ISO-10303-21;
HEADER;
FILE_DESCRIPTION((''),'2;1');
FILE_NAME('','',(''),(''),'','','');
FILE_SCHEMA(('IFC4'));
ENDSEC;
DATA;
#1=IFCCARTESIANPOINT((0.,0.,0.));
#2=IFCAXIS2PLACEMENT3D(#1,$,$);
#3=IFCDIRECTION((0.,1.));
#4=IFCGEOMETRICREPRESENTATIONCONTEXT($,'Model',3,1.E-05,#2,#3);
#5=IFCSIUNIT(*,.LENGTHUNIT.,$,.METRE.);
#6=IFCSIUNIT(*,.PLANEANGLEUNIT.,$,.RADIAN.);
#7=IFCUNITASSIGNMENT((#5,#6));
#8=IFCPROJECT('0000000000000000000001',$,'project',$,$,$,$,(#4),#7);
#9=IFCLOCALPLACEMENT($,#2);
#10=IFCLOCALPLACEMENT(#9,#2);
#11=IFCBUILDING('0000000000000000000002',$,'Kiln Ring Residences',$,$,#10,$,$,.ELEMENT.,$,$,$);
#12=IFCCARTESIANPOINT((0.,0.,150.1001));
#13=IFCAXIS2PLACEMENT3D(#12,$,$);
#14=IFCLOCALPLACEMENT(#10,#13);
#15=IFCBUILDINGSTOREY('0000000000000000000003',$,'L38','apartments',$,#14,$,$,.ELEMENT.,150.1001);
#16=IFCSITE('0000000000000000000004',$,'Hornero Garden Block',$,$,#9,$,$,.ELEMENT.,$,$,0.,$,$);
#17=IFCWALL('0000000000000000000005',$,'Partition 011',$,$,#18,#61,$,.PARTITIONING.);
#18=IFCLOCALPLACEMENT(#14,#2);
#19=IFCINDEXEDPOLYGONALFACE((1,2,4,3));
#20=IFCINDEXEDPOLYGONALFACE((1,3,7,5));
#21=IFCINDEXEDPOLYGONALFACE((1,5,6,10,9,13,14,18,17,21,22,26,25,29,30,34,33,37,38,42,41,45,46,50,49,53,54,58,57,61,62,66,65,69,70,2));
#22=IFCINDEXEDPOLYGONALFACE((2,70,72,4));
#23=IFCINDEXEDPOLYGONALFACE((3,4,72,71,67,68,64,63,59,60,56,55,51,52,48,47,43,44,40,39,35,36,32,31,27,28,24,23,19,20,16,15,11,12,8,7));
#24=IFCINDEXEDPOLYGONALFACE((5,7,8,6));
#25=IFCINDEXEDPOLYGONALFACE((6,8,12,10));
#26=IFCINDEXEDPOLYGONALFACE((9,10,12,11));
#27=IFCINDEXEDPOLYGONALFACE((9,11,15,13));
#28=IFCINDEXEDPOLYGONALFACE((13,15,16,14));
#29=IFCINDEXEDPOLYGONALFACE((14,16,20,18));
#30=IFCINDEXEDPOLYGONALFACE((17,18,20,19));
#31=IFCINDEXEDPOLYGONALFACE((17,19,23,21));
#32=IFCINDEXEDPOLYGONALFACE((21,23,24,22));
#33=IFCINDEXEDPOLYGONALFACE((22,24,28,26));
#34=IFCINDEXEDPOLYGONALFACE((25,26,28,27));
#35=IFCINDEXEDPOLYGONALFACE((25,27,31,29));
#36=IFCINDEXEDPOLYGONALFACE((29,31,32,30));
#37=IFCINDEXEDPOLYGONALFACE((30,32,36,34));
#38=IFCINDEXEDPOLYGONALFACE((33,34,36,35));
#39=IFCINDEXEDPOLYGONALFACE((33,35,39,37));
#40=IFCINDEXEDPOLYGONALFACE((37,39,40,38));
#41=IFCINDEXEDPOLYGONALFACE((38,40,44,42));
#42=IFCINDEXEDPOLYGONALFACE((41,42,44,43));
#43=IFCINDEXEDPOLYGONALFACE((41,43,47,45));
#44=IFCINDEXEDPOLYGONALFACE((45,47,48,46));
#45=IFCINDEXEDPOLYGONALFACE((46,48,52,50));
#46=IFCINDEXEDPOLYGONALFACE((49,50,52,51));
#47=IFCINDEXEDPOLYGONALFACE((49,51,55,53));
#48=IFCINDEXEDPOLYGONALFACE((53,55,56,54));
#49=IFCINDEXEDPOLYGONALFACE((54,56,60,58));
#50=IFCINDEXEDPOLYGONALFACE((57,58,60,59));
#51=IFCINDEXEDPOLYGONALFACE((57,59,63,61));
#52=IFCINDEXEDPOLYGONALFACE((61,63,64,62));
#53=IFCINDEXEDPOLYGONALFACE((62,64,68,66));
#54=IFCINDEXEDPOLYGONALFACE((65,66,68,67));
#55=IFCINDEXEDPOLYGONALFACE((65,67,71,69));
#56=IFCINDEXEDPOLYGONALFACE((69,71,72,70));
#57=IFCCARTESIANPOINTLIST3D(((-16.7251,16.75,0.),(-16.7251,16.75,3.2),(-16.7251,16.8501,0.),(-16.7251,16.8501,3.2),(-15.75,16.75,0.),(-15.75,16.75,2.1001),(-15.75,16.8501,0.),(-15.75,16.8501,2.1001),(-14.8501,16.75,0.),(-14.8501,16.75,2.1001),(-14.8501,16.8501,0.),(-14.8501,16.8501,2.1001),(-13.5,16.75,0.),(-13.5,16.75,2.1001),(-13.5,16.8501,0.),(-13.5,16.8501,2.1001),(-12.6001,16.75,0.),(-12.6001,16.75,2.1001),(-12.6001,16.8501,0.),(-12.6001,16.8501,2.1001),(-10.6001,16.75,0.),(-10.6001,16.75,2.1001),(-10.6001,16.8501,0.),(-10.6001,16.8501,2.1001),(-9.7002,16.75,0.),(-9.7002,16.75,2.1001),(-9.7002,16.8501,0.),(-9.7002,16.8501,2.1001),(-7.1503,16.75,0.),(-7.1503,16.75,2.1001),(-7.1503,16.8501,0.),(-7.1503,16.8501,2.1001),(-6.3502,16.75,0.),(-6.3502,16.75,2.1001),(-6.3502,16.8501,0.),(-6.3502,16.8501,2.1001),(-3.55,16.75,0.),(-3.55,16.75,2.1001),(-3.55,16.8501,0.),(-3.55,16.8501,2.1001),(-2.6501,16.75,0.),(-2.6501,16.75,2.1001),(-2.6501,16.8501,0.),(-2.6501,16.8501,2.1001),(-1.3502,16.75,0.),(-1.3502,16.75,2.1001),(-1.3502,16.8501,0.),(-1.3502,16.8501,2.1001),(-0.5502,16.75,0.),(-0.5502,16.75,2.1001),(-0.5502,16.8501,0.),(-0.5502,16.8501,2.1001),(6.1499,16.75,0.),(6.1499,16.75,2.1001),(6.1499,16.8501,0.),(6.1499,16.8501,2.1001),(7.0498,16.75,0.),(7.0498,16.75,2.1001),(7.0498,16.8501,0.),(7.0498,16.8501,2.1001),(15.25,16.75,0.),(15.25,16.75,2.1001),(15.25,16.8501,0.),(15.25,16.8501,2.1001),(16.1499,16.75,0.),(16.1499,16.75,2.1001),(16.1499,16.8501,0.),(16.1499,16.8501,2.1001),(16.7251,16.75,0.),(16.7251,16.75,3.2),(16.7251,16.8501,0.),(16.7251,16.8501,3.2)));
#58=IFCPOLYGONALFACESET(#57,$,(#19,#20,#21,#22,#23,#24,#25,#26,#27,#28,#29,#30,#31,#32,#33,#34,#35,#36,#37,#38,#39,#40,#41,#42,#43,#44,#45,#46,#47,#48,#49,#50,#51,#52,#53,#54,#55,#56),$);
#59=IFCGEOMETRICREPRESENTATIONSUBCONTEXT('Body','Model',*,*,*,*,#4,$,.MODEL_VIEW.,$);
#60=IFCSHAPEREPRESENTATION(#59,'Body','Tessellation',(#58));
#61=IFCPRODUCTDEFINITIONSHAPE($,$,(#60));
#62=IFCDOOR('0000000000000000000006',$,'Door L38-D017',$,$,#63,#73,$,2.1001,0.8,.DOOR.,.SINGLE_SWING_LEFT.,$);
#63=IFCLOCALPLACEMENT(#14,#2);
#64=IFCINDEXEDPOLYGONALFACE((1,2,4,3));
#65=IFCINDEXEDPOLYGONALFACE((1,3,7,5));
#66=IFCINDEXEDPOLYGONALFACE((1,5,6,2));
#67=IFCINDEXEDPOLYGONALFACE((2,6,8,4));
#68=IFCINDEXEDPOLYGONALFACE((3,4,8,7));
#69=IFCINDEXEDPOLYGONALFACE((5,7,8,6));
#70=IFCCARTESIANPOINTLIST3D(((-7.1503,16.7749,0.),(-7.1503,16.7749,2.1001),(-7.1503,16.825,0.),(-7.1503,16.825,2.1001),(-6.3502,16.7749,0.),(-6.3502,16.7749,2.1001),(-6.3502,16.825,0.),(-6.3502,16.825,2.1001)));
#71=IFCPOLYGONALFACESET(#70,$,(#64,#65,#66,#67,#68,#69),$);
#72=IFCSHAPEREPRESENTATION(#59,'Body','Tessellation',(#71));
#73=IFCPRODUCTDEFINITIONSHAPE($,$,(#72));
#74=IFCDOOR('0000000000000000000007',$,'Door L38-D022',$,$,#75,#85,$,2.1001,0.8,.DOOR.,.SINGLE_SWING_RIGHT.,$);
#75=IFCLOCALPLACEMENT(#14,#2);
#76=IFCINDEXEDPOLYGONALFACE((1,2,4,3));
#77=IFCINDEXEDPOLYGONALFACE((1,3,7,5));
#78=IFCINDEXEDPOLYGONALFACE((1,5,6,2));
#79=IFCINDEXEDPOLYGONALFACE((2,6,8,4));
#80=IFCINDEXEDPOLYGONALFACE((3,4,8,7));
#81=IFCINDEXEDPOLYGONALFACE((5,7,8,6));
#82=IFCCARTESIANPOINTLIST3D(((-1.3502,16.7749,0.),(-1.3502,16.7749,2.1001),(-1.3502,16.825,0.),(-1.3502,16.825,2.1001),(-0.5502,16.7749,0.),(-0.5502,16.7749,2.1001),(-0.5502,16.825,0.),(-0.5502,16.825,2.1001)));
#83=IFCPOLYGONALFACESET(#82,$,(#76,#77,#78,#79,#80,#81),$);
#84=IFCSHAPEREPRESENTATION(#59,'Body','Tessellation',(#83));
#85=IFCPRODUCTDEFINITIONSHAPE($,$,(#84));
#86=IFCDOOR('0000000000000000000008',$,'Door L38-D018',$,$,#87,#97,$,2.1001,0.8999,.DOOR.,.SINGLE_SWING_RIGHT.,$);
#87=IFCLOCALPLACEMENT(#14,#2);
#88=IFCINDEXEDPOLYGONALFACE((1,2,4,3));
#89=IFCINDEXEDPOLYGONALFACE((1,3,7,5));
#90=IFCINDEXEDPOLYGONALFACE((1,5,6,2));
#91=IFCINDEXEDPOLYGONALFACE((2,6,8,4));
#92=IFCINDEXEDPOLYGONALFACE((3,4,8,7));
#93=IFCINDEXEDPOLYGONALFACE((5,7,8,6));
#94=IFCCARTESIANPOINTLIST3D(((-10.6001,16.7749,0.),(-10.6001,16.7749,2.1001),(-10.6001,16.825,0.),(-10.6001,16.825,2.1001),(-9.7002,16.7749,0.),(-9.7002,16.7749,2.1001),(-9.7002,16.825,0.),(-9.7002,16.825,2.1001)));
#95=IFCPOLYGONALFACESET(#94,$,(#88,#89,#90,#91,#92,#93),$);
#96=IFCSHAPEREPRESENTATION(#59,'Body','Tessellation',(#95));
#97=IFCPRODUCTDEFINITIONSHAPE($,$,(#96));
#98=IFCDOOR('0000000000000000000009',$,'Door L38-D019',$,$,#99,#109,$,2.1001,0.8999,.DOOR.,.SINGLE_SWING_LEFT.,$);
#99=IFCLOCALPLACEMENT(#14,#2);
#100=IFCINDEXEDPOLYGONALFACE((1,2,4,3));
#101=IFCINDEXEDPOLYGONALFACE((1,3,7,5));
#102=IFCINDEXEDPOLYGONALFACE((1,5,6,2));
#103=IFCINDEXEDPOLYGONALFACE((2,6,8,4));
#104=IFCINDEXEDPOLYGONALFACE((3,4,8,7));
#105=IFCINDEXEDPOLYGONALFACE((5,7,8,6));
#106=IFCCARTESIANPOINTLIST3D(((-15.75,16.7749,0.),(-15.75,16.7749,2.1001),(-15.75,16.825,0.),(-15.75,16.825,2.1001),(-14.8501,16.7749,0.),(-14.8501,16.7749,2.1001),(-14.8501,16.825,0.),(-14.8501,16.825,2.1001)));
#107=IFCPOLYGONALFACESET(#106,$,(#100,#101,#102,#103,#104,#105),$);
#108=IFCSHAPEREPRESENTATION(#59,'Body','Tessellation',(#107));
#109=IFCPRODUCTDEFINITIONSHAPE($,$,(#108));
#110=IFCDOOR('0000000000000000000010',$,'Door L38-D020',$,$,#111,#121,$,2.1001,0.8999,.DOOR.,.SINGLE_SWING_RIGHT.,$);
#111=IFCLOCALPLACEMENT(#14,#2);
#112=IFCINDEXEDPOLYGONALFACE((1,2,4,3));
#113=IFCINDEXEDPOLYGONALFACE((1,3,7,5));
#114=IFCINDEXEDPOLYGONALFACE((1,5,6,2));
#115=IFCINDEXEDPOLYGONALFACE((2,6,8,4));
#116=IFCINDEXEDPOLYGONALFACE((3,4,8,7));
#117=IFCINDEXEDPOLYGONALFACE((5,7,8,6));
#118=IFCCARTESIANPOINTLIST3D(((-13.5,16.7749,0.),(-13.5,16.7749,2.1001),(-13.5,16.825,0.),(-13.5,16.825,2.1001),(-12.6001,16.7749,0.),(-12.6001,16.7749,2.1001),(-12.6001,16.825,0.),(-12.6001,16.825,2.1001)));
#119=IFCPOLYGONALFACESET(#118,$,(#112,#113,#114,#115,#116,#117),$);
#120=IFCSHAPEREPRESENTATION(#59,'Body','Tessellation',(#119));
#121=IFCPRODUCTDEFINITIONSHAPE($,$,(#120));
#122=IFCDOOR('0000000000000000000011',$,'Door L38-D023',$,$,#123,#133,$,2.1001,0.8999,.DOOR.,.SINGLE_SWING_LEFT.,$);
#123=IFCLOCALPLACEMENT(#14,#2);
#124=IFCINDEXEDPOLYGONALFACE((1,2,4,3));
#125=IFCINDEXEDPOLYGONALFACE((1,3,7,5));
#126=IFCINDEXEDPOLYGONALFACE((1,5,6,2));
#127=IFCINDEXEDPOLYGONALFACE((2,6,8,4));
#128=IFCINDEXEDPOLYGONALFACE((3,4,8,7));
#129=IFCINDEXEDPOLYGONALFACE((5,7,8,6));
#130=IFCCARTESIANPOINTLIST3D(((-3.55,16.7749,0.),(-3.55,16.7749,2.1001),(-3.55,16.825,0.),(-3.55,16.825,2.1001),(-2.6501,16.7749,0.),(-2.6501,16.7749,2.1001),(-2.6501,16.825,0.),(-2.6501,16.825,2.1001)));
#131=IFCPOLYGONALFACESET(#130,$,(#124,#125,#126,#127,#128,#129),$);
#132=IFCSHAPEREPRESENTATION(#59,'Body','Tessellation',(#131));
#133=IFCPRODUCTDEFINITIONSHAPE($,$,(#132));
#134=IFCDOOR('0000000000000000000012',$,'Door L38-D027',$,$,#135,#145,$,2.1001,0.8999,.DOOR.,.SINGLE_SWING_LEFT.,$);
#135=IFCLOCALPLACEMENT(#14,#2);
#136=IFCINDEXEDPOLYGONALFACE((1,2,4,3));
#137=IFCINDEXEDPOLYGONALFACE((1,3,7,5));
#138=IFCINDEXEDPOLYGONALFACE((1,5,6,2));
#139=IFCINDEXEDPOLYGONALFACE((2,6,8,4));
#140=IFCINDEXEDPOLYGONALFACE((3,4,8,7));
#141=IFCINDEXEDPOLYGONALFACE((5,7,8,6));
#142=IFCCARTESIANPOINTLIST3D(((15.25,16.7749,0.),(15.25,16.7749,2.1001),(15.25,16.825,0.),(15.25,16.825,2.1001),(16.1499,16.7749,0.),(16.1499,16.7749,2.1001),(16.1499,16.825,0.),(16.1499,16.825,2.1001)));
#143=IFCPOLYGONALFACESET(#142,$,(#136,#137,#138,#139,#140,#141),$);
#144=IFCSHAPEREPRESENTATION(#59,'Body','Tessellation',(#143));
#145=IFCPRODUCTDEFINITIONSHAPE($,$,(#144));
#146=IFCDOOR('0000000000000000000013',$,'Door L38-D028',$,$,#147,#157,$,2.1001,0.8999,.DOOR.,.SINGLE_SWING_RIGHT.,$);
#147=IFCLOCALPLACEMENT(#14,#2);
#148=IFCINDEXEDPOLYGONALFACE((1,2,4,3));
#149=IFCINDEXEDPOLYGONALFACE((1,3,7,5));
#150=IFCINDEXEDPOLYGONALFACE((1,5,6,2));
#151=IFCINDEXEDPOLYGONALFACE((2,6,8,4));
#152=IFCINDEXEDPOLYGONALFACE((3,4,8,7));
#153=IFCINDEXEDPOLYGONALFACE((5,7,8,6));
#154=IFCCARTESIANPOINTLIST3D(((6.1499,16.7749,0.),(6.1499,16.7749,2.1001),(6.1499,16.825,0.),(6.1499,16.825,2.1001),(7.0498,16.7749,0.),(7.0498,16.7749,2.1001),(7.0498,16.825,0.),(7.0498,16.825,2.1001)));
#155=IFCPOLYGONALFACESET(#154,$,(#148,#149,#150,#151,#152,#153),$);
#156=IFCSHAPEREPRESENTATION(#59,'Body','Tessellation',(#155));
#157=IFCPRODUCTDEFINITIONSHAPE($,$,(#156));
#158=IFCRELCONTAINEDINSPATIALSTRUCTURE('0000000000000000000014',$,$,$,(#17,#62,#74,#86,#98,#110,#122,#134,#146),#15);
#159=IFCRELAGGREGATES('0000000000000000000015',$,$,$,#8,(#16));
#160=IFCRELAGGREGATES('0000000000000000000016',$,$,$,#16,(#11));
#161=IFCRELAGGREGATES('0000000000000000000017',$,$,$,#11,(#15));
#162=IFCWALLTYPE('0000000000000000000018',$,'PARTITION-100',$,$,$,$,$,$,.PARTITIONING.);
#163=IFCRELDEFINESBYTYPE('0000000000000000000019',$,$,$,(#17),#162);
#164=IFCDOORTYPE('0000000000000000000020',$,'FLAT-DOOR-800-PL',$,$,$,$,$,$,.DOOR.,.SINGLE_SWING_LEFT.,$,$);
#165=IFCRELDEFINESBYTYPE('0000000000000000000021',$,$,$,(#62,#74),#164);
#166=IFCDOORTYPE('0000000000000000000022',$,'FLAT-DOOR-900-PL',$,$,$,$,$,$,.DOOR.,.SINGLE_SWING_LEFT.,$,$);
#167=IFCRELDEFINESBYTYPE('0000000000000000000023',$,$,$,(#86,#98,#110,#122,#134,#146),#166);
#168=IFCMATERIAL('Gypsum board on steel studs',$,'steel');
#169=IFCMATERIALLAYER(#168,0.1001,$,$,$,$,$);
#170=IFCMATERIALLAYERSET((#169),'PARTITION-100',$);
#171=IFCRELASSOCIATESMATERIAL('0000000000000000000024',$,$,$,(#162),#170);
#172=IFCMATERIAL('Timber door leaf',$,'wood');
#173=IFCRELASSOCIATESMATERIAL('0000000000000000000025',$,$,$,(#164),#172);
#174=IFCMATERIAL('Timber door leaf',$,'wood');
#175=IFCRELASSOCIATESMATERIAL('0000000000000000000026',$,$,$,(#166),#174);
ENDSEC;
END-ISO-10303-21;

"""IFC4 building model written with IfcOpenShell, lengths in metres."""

from ifc_helpers import new_model, si_unit, direction, frame, frame_2d, origin, place, context, subcontext, project, spatial, rectangle, extrude, material, layer, layer_set, type_object, element, fill, save


model = new_model("IFC4")

# Units and contexts
model_context = context("Model", 3, precision=1e-05, world=origin(), true_north=direction((0.0, 1.0)))
body_context = subcontext(model_context, "Body", "Model", "MODEL_VIEW")
ifc_project = project(units=[si_unit("LENGTHUNIT", "METRE"), si_unit("PLANEANGLEUNIT", "RADIAN")], contexts=[model_context])

# Site, building, storey
site_placement = place(None, origin())
site = spatial("IfcSite", under=ifc_project, at=site_placement, Name="Hornero Garden Block", CompositionType="ELEMENT", RefElevation=0.0)
building_placement = place(site_placement, origin())
building = spatial("IfcBuilding", under=site, at=building_placement, Name="Kiln Ring Residences", CompositionType="ELEMENT")
storey_placement = place(building_placement, frame((0.0, 0.0, 150.1001)))
storey = spatial("IfcBuildingStorey", under=building, at=storey_placement, Name="L38", Description="apartments", CompositionType="ELEMENT", Elevation=150.1001)

# Wall, openings, doors
ifc_material_1 = material(Name="Gypsum board on steel studs", Category="steel")
ifc_layer_1 = layer(ifc_material_1, 0.1001)
ifc_layer_set_1 = layer_set([ifc_layer_1], Name="PARTITION-100")
wall_type_1 = type_object("IfcWallType", Name="PARTITION-100", PredefinedType="PARTITIONING", material=ifc_layer_set_1)
wall_1_placement = place(storey_placement, frame((-16.7251, 16.8, 0.0), z_axis=(0.0, 0.0, 1.0), x_axis=(1.0, 0.0, 0.0)))
wall_1 = element("IfcWall", 1, at=wall_1_placement, inside=storey, type_object=wall_type_1, Name="Partition 011", PredefinedType="PARTITIONING", context=body_context, shape_type="SweptSolid", body=[
    extrude(rectangle(XDim=33.4502, YDim=0.1001, at=frame_2d((16.7251, 0.0))), origin(), (0.0, 0.0, 1.0), 3.2),
])
opening_1_placement = place(wall_1_placement, frame((9.575, 0.0, 0.0)))
opening_1 = element("IfcOpeningElement", 2, at=opening_1_placement, cuts=wall_1, PredefinedType="OPENING", context=body_context, shape_type="SweptSolid", body=[
    extrude(rectangle(XDim=0.8, YDim=2.1001, at=frame_2d((0.3999, 1.05))), frame((0.0, 0.0601, 0.0), z_axis=(0.0, -1.0, 0.0), x_axis=(1.0, 0.0, 0.0)), (0.0, 0.0, 1.0), 0.1201),
])
opening_2_placement = place(wall_1_placement, frame((6.125, 0.0, 0.0)))
opening_2 = element("IfcOpeningElement", 3, at=opening_2_placement, cuts=wall_1, PredefinedType="OPENING", context=body_context, shape_type="SweptSolid", body=[
    extrude(rectangle(XDim=0.8999, YDim=2.1001, at=frame_2d((0.45, 1.05))), frame((0.0, 0.0601, 0.0), z_axis=(0.0, -1.0, 0.0), x_axis=(1.0, 0.0, 0.0)), (0.0, 0.0, 1.0), 0.1201),
])
opening_3_placement = place(wall_1_placement, frame((0.9751, 0.0, 0.0)))
opening_3 = element("IfcOpeningElement", 4, at=opening_3_placement, cuts=wall_1, PredefinedType="OPENING", context=body_context, shape_type="SweptSolid", body=[
    extrude(rectangle(XDim=0.8999, YDim=2.1001, at=frame_2d((0.45, 1.05))), frame((0.0, 0.0601, 0.0), z_axis=(0.0, -1.0, 0.0), x_axis=(1.0, 0.0, 0.0)), (0.0, 0.0, 1.0), 0.1201),
])
opening_4_placement = place(wall_1_placement, frame((3.2251, 0.0, 0.0)))
opening_4 = element("IfcOpeningElement", 5, at=opening_4_placement, cuts=wall_1, PredefinedType="OPENING", context=body_context, shape_type="SweptSolid", body=[
    extrude(rectangle(XDim=0.8999, YDim=2.1001, at=frame_2d((0.45, 1.05))), frame((0.0, 0.0601, 0.0), z_axis=(0.0, -1.0, 0.0), x_axis=(1.0, 0.0, 0.0)), (0.0, 0.0, 1.0), 0.1201),
])
opening_5_placement = place(wall_1_placement, frame((15.375, 0.0, 0.0)))
opening_5 = element("IfcOpeningElement", 6, at=opening_5_placement, cuts=wall_1, PredefinedType="OPENING", context=body_context, shape_type="SweptSolid", body=[
    extrude(rectangle(XDim=0.8, YDim=2.1001, at=frame_2d((0.3999, 1.05))), frame((0.0, 0.0601, 0.0), z_axis=(0.0, -1.0, 0.0), x_axis=(1.0, 0.0, 0.0)), (0.0, 0.0, 1.0), 0.1201),
])
opening_6_placement = place(wall_1_placement, frame((13.175, 0.0, 0.0)))
opening_6 = element("IfcOpeningElement", 7, at=opening_6_placement, cuts=wall_1, PredefinedType="OPENING", context=body_context, shape_type="SweptSolid", body=[
    extrude(rectangle(XDim=0.8999, YDim=2.1001, at=frame_2d((0.45, 1.05))), frame((0.0, 0.0601, 0.0), z_axis=(0.0, -1.0, 0.0), x_axis=(1.0, 0.0, 0.0)), (0.0, 0.0, 1.0), 0.1201),
])
opening_7_placement = place(wall_1_placement, frame((31.9751, 0.0, 0.0)))
opening_7 = element("IfcOpeningElement", 8, at=opening_7_placement, cuts=wall_1, PredefinedType="OPENING", context=body_context, shape_type="SweptSolid", body=[
    extrude(rectangle(XDim=0.8999, YDim=2.1001, at=frame_2d((0.45, 1.05))), frame((0.0, 0.0601, 0.0), z_axis=(0.0, -1.0, 0.0), x_axis=(1.0, 0.0, 0.0)), (0.0, 0.0, 1.0), 0.1201),
])
opening_8_placement = place(wall_1_placement, frame((22.875, 0.0, 0.0)))
opening_8 = element("IfcOpeningElement", 9, at=opening_8_placement, cuts=wall_1, PredefinedType="OPENING", context=body_context, shape_type="SweptSolid", body=[
    extrude(rectangle(XDim=0.8999, YDim=2.1001, at=frame_2d((0.45, 1.05))), frame((0.0, 0.0601, 0.0), z_axis=(0.0, -1.0, 0.0), x_axis=(1.0, 0.0, 0.0)), (0.0, 0.0, 1.0), 0.1201),
])
ifc_material_2 = material(Name="Timber door leaf", Category="wood")
door_type_1 = type_object("IfcDoorType", Name="FLAT-DOOR-800-PL", OperationType="SINGLE_SWING_LEFT", PredefinedType="DOOR", material=ifc_material_2)
door_1_placement = place(opening_1_placement, origin())
door_1 = element("IfcDoor", 10, at=door_1_placement, inside=storey, type_object=door_type_1, Name="Door L38-D017", OperationType="SINGLE_SWING_LEFT", OverallHeight=2.1001, OverallWidth=0.8, PredefinedType="DOOR", context=body_context, shape_type="SweptSolid", body=[
    extrude(rectangle(XDim=0.8, YDim=2.1001, at=frame_2d((0.3999, 1.05))), frame((0.0, 0.0249, 0.0), z_axis=(0.0, -1.0, 0.0), x_axis=(1.0, 0.0, 0.0)), (0.0, 0.0, 1.0), 0.05),
])
fill(opening_1, door_1)
door_2_placement = place(opening_5_placement, origin())
door_2 = element("IfcDoor", 11, at=door_2_placement, inside=storey, type_object=door_type_1, Name="Door L38-D022", OperationType="SINGLE_SWING_RIGHT", OverallHeight=2.1001, OverallWidth=0.8, PredefinedType="DOOR", context=body_context, shape_type="SweptSolid", body=[
    extrude(rectangle(XDim=0.8, YDim=2.1001, at=frame_2d((0.3999, 1.05))), frame((0.0, 0.0249, 0.0), z_axis=(0.0, -1.0, 0.0), x_axis=(1.0, 0.0, 0.0)), (0.0, 0.0, 1.0), 0.05),
])
fill(opening_5, door_2)
ifc_material_3 = material(Name="Timber door leaf", Category="wood")
door_type_2 = type_object("IfcDoorType", Name="FLAT-DOOR-900-PL", OperationType="SINGLE_SWING_LEFT", PredefinedType="DOOR", material=ifc_material_3)
door_3_placement = place(opening_2_placement, origin())
door_3 = element("IfcDoor", 12, at=door_3_placement, inside=storey, type_object=door_type_2, Name="Door L38-D018", OperationType="SINGLE_SWING_RIGHT", OverallHeight=2.1001, OverallWidth=0.8999, PredefinedType="DOOR", context=body_context, shape_type="SweptSolid", body=[
    extrude(rectangle(XDim=0.8999, YDim=2.1001, at=frame_2d((0.45, 1.05))), frame((0.0, 0.0249, 0.0), z_axis=(0.0, -1.0, 0.0), x_axis=(1.0, 0.0, 0.0)), (0.0, 0.0, 1.0), 0.05),
])
fill(opening_2, door_3)
door_4_placement = place(opening_3_placement, origin())
door_4 = element("IfcDoor", 13, at=door_4_placement, inside=storey, type_object=door_type_2, Name="Door L38-D019", OperationType="SINGLE_SWING_LEFT", OverallHeight=2.1001, OverallWidth=0.8999, PredefinedType="DOOR", context=body_context, shape_type="SweptSolid", body=[
    extrude(rectangle(XDim=0.8999, YDim=2.1001, at=frame_2d((0.45, 1.05))), frame((0.0, 0.0249, 0.0), z_axis=(0.0, -1.0, 0.0), x_axis=(1.0, 0.0, 0.0)), (0.0, 0.0, 1.0), 0.05),
])
fill(opening_3, door_4)
door_5_placement = place(opening_4_placement, origin())
door_5 = element("IfcDoor", 14, at=door_5_placement, inside=storey, type_object=door_type_2, Name="Door L38-D020", OperationType="SINGLE_SWING_RIGHT", OverallHeight=2.1001, OverallWidth=0.8999, PredefinedType="DOOR", context=body_context, shape_type="SweptSolid", body=[
    extrude(rectangle(XDim=0.8999, YDim=2.1001, at=frame_2d((0.45, 1.05))), frame((0.0, 0.0249, 0.0), z_axis=(0.0, -1.0, 0.0), x_axis=(1.0, 0.0, 0.0)), (0.0, 0.0, 1.0), 0.05),
])
fill(opening_4, door_5)
door_6_placement = place(opening_6_placement, origin())
door_6 = element("IfcDoor", 15, at=door_6_placement, inside=storey, type_object=door_type_2, Name="Door L38-D023", OperationType="SINGLE_SWING_LEFT", OverallHeight=2.1001, OverallWidth=0.8999, PredefinedType="DOOR", context=body_context, shape_type="SweptSolid", body=[
    extrude(rectangle(XDim=0.8999, YDim=2.1001, at=frame_2d((0.45, 1.05))), frame((0.0, 0.0249, 0.0), z_axis=(0.0, -1.0, 0.0), x_axis=(1.0, 0.0, 0.0)), (0.0, 0.0, 1.0), 0.05),
])
fill(opening_6, door_6)
door_7_placement = place(opening_7_placement, origin())
door_7 = element("IfcDoor", 16, at=door_7_placement, inside=storey, type_object=door_type_2, Name="Door L38-D027", OperationType="SINGLE_SWING_LEFT", OverallHeight=2.1001, OverallWidth=0.8999, PredefinedType="DOOR", context=body_context, shape_type="SweptSolid", body=[
    extrude(rectangle(XDim=0.8999, YDim=2.1001, at=frame_2d((0.45, 1.05))), frame((0.0, 0.0249, 0.0), z_axis=(0.0, -1.0, 0.0), x_axis=(1.0, 0.0, 0.0)), (0.0, 0.0, 1.0), 0.05),
])
fill(opening_7, door_7)
door_8_placement = place(opening_8_placement, origin())
door_8 = element("IfcDoor", 17, at=door_8_placement, inside=storey, type_object=door_type_2, Name="Door L38-D028", OperationType="SINGLE_SWING_RIGHT", OverallHeight=2.1001, OverallWidth=0.8999, PredefinedType="DOOR", context=body_context, shape_type="SweptSolid", body=[
    extrude(rectangle(XDim=0.8999, YDim=2.1001, at=frame_2d((0.45, 1.05))), frame((0.0, 0.0249, 0.0), z_axis=(0.0, -1.0, 0.0), x_axis=(1.0, 0.0, 0.0)), (0.0, 0.0, 1.0), 0.05),
])
fill(opening_8, door_8)

save(model, "model.ifc")
